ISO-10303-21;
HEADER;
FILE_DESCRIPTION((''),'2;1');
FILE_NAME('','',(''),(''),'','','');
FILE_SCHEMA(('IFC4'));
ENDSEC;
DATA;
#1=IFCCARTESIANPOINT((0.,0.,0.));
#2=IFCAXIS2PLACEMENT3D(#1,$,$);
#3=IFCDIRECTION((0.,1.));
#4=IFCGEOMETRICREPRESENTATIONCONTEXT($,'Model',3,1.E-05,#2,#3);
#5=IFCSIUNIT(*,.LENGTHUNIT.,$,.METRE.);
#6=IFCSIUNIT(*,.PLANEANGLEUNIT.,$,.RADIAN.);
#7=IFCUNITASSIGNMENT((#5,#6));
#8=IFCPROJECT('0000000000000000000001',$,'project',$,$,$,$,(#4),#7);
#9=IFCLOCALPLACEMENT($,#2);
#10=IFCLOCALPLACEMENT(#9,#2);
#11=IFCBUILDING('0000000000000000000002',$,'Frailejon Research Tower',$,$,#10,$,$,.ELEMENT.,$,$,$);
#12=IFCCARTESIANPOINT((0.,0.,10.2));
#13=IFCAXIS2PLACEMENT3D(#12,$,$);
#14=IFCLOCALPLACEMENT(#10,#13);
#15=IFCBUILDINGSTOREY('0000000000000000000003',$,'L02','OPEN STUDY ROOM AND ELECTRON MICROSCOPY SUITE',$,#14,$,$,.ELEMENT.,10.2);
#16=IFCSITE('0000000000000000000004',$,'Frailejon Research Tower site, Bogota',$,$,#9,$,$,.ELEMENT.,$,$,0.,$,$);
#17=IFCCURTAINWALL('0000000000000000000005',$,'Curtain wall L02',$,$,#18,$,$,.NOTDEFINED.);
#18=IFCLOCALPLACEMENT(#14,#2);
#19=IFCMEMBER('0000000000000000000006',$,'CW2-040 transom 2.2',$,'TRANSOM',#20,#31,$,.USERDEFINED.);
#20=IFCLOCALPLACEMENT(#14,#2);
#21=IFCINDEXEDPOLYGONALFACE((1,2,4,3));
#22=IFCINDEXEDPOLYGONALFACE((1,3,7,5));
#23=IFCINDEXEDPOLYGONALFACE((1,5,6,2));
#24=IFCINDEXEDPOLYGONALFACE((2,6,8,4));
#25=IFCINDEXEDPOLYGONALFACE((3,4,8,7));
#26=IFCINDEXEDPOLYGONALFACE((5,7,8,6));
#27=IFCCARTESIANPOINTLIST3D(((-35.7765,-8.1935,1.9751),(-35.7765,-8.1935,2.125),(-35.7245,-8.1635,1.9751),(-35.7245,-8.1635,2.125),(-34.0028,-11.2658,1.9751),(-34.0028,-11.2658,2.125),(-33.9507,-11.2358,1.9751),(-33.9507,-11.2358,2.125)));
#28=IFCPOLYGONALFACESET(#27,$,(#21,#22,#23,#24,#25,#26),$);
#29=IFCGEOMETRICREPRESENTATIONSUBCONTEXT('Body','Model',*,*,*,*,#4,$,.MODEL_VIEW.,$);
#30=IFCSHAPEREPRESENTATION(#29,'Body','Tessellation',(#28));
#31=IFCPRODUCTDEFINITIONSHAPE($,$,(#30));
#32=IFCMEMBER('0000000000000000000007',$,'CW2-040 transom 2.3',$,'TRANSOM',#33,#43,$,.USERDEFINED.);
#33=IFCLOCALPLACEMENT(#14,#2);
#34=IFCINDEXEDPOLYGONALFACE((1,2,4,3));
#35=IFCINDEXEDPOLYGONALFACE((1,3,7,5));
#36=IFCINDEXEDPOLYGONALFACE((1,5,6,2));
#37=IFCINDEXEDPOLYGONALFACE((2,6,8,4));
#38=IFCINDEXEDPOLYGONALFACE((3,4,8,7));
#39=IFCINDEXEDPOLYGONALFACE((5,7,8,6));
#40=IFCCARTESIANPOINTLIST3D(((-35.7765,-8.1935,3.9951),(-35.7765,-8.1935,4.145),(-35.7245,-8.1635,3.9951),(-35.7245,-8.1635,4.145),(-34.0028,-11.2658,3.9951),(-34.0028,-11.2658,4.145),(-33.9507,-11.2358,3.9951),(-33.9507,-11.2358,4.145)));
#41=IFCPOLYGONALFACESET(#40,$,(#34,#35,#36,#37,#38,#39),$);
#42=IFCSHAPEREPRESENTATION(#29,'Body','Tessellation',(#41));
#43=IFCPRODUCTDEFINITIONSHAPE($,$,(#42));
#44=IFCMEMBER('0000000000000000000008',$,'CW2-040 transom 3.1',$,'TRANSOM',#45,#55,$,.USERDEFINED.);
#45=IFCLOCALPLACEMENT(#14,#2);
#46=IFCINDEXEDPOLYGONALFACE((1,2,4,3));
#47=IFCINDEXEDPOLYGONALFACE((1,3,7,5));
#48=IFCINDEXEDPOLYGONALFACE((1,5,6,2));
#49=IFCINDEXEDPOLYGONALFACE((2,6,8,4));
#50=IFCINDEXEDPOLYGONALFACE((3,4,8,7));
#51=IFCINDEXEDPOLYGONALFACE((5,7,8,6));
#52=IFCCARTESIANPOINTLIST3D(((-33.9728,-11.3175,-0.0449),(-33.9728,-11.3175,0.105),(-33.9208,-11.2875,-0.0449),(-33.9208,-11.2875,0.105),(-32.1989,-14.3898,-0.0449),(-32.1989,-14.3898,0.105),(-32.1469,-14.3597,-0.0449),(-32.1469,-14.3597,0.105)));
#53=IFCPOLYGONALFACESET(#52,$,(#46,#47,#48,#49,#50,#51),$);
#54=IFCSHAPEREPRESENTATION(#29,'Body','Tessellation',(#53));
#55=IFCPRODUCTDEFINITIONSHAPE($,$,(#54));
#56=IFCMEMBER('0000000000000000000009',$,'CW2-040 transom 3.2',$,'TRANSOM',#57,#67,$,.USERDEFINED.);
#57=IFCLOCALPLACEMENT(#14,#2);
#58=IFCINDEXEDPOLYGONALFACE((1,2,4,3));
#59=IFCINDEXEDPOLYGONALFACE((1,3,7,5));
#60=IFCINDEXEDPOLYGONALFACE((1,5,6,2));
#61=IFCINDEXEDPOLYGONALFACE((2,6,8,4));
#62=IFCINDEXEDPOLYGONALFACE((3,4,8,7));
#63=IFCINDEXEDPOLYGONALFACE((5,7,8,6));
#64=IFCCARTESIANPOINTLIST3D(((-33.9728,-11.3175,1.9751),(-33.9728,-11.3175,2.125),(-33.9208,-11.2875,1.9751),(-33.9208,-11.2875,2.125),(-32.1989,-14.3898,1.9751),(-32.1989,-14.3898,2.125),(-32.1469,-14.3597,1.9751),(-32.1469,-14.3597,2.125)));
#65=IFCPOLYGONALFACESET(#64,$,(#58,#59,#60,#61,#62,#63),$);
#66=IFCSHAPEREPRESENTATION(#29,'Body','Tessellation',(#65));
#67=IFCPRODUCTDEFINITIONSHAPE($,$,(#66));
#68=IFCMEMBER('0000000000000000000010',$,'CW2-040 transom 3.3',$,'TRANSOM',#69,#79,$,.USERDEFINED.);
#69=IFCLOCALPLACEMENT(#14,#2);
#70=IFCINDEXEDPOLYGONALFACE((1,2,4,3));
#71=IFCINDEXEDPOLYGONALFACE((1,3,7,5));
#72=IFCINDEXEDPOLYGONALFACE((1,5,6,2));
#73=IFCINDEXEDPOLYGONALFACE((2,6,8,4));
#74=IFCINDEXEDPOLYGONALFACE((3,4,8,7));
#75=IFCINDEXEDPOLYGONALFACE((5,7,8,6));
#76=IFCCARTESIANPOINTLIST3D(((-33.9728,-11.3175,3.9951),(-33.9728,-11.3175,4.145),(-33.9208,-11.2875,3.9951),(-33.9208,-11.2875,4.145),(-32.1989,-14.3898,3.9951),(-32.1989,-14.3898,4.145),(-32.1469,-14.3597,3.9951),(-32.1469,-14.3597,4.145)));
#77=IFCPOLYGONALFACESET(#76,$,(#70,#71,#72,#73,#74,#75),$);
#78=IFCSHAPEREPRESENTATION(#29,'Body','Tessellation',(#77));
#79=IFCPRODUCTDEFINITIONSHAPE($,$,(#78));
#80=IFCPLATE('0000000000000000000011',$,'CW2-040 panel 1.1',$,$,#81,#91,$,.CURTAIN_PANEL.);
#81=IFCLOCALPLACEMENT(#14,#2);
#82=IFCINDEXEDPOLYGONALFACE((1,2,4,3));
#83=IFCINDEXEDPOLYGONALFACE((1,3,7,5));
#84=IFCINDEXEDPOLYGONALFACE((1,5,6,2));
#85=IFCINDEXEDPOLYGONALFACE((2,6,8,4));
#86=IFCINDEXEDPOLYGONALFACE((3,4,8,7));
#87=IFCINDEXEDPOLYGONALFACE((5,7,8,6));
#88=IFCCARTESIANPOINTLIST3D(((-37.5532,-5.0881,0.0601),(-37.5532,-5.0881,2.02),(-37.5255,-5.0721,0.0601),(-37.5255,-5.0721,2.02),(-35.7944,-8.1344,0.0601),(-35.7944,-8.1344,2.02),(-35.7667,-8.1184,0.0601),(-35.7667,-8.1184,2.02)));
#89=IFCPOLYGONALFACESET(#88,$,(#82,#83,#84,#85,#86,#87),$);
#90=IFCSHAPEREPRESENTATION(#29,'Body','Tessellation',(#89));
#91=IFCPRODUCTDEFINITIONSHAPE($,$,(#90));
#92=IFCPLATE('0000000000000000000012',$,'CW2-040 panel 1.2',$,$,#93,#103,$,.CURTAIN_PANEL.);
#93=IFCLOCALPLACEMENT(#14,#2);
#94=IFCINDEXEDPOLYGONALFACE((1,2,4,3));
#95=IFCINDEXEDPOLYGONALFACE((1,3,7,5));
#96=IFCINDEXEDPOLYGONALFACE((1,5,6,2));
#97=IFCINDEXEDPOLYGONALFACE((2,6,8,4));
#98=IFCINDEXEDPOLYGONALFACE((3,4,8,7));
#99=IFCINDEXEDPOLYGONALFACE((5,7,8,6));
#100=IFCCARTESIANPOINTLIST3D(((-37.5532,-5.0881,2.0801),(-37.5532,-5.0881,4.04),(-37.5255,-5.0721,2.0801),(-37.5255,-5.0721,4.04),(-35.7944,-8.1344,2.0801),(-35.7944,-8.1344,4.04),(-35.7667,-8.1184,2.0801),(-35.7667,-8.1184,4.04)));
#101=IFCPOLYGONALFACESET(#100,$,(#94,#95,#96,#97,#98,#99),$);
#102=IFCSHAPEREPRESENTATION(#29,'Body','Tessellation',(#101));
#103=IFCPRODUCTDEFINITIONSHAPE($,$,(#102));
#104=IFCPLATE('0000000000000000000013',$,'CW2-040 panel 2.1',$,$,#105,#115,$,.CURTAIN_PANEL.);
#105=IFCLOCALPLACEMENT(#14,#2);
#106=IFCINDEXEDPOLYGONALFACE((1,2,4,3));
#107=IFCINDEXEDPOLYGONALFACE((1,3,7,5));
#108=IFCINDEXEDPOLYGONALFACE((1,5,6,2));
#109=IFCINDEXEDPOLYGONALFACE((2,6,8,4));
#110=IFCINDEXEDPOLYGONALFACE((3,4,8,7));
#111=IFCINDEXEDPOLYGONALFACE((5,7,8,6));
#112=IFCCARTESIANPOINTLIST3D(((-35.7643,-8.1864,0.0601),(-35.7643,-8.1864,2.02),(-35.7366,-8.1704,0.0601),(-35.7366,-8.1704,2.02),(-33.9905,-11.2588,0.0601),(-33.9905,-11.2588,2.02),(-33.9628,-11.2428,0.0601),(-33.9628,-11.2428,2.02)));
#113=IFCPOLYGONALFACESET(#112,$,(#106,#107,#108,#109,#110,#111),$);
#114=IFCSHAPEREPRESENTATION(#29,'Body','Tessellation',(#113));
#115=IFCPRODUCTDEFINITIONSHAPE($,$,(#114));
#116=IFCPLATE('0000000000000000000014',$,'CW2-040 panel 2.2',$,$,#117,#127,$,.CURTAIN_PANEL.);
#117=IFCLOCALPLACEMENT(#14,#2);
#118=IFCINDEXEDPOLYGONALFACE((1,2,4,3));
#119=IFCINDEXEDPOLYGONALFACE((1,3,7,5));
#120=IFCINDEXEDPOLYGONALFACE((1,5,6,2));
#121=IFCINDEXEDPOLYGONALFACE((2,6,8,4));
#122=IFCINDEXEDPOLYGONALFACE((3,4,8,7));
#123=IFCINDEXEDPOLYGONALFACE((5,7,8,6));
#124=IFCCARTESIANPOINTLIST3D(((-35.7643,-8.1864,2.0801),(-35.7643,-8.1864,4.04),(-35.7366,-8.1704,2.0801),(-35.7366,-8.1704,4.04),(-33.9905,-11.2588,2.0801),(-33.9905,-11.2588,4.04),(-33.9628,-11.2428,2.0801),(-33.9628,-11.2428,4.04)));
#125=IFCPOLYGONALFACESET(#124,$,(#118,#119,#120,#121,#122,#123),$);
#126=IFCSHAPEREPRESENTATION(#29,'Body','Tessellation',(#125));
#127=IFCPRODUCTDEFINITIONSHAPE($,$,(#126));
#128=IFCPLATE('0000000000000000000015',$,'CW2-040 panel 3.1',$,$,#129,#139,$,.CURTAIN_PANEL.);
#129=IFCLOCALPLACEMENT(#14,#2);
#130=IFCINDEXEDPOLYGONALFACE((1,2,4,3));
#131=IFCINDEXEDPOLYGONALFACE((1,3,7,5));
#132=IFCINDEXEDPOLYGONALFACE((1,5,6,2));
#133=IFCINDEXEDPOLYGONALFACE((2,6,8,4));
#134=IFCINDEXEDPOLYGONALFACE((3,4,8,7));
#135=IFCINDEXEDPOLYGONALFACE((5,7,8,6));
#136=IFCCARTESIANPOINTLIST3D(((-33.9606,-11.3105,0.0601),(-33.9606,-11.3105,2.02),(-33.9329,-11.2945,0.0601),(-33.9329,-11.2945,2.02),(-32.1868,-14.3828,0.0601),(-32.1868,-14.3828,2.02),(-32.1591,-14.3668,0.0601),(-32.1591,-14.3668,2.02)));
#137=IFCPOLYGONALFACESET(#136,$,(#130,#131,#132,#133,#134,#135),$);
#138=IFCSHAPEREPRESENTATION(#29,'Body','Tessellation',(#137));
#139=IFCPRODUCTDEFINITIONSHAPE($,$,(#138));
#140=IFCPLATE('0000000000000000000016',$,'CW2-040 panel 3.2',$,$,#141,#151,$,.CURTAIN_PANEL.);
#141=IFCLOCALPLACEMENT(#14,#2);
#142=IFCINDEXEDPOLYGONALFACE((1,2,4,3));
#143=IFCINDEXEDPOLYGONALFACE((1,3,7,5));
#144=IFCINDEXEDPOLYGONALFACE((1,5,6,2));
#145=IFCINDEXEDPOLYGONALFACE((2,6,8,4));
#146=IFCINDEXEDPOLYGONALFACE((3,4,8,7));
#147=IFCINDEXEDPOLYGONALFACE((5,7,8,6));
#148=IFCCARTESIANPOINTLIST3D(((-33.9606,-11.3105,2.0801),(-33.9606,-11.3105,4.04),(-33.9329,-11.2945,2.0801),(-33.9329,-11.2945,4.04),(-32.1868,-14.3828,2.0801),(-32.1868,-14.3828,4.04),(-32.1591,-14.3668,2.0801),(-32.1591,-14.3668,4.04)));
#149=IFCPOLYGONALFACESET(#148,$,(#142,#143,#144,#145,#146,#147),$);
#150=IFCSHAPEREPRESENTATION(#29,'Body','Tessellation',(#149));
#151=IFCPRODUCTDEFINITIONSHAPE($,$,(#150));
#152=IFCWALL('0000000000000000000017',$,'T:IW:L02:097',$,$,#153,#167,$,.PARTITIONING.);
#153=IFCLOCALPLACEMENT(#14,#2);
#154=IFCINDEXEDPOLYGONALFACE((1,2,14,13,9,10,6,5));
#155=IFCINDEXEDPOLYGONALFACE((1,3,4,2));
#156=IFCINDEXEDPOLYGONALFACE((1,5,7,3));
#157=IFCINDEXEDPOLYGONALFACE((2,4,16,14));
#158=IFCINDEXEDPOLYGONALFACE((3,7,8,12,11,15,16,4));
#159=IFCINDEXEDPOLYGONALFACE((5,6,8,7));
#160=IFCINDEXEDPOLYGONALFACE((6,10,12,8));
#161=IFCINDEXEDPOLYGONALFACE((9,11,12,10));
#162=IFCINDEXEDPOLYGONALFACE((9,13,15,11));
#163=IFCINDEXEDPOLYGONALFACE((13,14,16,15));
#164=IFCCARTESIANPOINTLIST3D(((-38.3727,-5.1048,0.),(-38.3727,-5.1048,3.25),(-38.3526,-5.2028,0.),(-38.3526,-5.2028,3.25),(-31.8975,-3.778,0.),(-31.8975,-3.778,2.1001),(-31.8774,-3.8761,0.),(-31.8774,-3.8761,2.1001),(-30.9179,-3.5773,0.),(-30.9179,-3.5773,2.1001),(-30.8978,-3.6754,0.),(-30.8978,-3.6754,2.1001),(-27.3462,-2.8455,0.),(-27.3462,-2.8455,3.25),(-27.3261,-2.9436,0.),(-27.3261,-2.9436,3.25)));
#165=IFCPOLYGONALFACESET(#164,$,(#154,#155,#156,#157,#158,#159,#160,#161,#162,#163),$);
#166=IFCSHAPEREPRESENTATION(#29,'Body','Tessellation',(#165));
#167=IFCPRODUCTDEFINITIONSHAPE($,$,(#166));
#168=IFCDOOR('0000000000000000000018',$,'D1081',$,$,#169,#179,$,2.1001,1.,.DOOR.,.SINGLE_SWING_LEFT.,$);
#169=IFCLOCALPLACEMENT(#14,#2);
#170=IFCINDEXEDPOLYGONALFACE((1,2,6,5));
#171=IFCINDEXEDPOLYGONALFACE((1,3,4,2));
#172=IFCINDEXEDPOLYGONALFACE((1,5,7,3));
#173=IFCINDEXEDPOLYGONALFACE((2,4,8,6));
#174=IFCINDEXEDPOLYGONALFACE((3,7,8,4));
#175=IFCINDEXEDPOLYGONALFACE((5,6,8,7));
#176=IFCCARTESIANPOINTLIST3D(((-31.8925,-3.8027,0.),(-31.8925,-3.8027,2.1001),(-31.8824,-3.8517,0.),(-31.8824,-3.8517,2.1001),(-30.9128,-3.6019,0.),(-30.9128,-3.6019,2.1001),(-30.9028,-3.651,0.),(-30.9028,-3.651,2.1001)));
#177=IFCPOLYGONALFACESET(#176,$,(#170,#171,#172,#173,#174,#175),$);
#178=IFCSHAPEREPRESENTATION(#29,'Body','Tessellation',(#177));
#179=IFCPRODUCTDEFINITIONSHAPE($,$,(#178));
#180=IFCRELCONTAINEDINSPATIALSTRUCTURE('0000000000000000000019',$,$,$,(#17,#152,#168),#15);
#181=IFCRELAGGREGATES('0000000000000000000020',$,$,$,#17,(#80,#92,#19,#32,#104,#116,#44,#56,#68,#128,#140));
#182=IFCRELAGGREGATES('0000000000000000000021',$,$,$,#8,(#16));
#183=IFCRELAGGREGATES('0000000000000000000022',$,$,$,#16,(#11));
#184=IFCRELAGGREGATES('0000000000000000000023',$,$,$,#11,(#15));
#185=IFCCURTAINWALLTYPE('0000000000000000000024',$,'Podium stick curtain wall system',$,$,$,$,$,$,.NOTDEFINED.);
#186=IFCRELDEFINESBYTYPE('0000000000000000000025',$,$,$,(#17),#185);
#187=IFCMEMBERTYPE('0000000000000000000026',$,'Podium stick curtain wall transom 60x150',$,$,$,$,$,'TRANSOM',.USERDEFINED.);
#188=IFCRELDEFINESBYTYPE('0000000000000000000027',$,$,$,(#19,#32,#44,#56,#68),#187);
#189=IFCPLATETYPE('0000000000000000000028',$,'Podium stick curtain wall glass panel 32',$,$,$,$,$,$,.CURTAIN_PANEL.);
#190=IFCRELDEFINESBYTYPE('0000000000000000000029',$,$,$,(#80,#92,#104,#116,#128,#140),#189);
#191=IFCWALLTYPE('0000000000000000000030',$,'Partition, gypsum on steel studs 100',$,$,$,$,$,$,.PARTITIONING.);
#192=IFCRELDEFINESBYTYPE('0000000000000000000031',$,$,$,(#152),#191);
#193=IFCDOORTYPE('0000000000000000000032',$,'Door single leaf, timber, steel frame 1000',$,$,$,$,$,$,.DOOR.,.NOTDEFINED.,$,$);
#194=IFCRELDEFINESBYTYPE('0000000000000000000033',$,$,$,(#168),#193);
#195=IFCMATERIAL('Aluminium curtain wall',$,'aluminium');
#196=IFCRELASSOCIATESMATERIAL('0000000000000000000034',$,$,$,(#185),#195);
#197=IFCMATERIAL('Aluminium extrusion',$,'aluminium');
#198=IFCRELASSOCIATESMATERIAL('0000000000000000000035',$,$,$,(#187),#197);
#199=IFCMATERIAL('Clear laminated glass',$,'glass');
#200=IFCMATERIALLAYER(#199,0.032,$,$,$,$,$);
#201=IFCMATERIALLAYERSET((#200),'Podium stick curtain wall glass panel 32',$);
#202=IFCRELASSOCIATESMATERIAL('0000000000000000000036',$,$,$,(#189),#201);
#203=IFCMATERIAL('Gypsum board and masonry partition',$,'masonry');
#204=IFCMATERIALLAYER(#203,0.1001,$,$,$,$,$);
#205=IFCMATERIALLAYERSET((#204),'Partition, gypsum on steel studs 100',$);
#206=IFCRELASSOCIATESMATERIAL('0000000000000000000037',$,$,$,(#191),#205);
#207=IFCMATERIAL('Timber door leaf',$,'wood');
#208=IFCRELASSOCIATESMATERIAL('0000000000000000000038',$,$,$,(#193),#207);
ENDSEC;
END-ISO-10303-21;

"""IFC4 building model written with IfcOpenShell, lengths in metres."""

from ifc_helpers import new_model, si_unit, direction, frame, frame_2d, origin, origin_2d, place, context, subcontext, project, spatial, rectangle, extrude, material, layer, layer_set, material_profile, profile_set, type_object, element, fill, aggregate, save


model = new_model("IFC4")

# Units and contexts
model_context = context("Model", 3, precision=1e-05, world=origin(), true_north=direction((0.0, 1.0)))
body_context = subcontext(model_context, "Body", "Model", "MODEL_VIEW")
ifc_project = project(units=[si_unit("LENGTHUNIT", "METRE"), si_unit("PLANEANGLEUNIT", "RADIAN")], contexts=[model_context])

# Site, building, storey
site_placement = place(None, origin())
site = spatial("IfcSite", under=ifc_project, at=site_placement, Name="Frailejon Research Tower site, Bogota", CompositionType="ELEMENT", RefElevation=0.0)
building_placement = place(site_placement, origin())
building = spatial("IfcBuilding", under=site, at=building_placement, Name="Frailejon Research Tower", CompositionType="ELEMENT")
storey_placement = place(building_placement, frame((0.0, 0.0, 10.2)))
storey = spatial("IfcBuildingStorey", under=building, at=storey_placement, Name="L02", Description="OPEN STUDY ROOM AND ELECTRON MICROSCOPY SUITE", CompositionType="ELEMENT", Elevation=10.2)

# Shared definitions
ifc_material_1 = material(Name="Aluminium curtain wall", Category="aluminium")
curtain_wall_type = type_object("IfcCurtainWallType", Name="Podium stick curtain wall system", PredefinedType="NOTDEFINED", material=ifc_material_1)

# Curtain wall, members, plates
curtain_wall_1_placement = place(storey_placement, origin())
curtain_wall_1 = element("IfcCurtainWall", 1, at=curtain_wall_1_placement, inside=storey, type_object=curtain_wall_type, Name="Curtain wall L02", PredefinedType="NOTDEFINED")
ifc_material_2 = material(Name="Aluminium extrusion", Category="aluminium")
ifc_material_profile_1 = material_profile(ifc_material_2, rectangle(XDim=0.0601, YDim=0.1499, at=origin_2d()), Name="Podium stick curtain wall transom 60x150")
ifc_profile_set_1 = profile_set([ifc_material_profile_1], Name="Aluminium extrusion")
member_type_1 = type_object("IfcMemberType", Name="Podium stick curtain wall transom 60x150", ElementType="TRANSOM", PredefinedType="USERDEFINED", material=ifc_profile_set_1)
member_1_placement = place(storey_placement, frame((-35.7505, -8.1785, 2.05), z_axis=(0.499981, -0.866037, 0.0), x_axis=(0.866037, 0.499981, 0.0)))
member_1 = element("IfcMember", 2, at=member_1_placement, type_object=member_type_1, Name="CW2-040 transom 2.2", ObjectType="TRANSOM", PredefinedType="USERDEFINED", context=body_context, shape_type="SweptSolid", body=[
    extrude(rectangle(XDim=0.0601, YDim=0.1499, at=origin_2d()), origin(), (0.0, 0.0, 1.0), 3.5476),
])
member_2_placement = place(storey_placement, frame((-35.7505, -8.1785, 4.0701), z_axis=(0.499981, -0.866037, 0.0), x_axis=(0.866037, 0.499981, 0.0)))
member_2 = element("IfcMember", 3, at=member_2_placement, type_object=member_type_1, Name="CW2-040 transom 2.3", ObjectType="TRANSOM", PredefinedType="USERDEFINED", context=body_context, shape_type="SweptSolid", body=[
    extrude(rectangle(XDim=0.0601, YDim=0.1499, at=origin_2d()), origin(), (0.0, 0.0, 1.0), 3.5476),
])
member_3_placement = place(storey_placement, frame((-33.9468, -11.3025, 0.03), z_axis=(0.500032, -0.866007, 0.0), x_axis=(0.866007, 0.500032, 0.0)))
member_3 = element("IfcMember", 4, at=member_3_placement, type_object=member_type_1, Name="CW2-040 transom 3.1", ObjectType="TRANSOM", PredefinedType="USERDEFINED", context=body_context, shape_type="SweptSolid", body=[
    extrude(rectangle(XDim=0.0601, YDim=0.1499, at=origin_2d()), origin(), (0.0, 0.0, 1.0), 3.5476),
])
member_4_placement = place(storey_placement, frame((-33.9468, -11.3025, 2.05), z_axis=(0.500032, -0.866007, 0.0), x_axis=(0.866007, 0.500032, 0.0)))
member_4 = element("IfcMember", 5, at=member_4_placement, type_object=member_type_1, Name="CW2-040 transom 3.2", ObjectType="TRANSOM", PredefinedType="USERDEFINED", context=body_context, shape_type="SweptSolid", body=[
    extrude(rectangle(XDim=0.0601, YDim=0.1499, at=origin_2d()), origin(), (0.0, 0.0, 1.0), 3.5476),
])
member_5_placement = place(storey_placement, frame((-33.9468, -11.3025, 4.0701), z_axis=(0.500032, -0.866007, 0.0), x_axis=(0.866007, 0.500032, 0.0)))
member_5 = element("IfcMember", 6, at=member_5_placement, type_object=member_type_1, Name="CW2-040 transom 3.3", ObjectType="TRANSOM", PredefinedType="USERDEFINED", context=body_context, shape_type="SweptSolid", body=[
    extrude(rectangle(XDim=0.0601, YDim=0.1499, at=origin_2d()), origin(), (0.0, 0.0, 1.0), 3.5476),
])
ifc_material_3 = material(Name="Clear laminated glass", Category="glass")
ifc_layer_1 = layer(ifc_material_3, 0.032)
ifc_layer_set_1 = layer_set([ifc_layer_1], Name="Podium stick curtain wall glass panel 32")
plate_type = type_object("IfcPlateType", Name="Podium stick curtain wall glass panel 32", PredefinedType="CURTAIN_PANEL", material=ifc_layer_set_1)
plate_1_placement = place(storey_placement, frame((-36.6599, -6.6033, 0.0601), z_axis=(0.0, 0.0, 1.0), x_axis=(0.499998, -0.866026, 0.0)))
plate_1 = element("IfcPlate", 7, at=plate_1_placement, type_object=plate_type, Name="CW2-040 panel 1.1", PredefinedType="CURTAIN_PANEL", context=body_context, shape_type="SweptSolid", body=[
    extrude(rectangle(XDim=3.5176, YDim=0.032, at=origin_2d()), origin(), (0.0, 0.0, 1.0), 1.96),
])
plate_2_placement = place(storey_placement, frame((-36.6599, -6.6033, 2.0801), z_axis=(0.0, 0.0, 1.0), x_axis=(0.499998, -0.866026, 0.0)))
plate_2 = element("IfcPlate", 8, at=plate_2_placement, type_object=plate_type, Name="CW2-040 panel 1.2", PredefinedType="CURTAIN_PANEL", context=body_context, shape_type="SweptSolid", body=[
    extrude(rectangle(XDim=3.5176, YDim=0.032, at=origin_2d()), origin(), (0.0, 0.0, 1.0), 1.96),
])
plate_3_placement = place(storey_placement, frame((-34.8635, -9.7146, 0.0601), z_axis=(0.0, 0.0, 1.0), x_axis=(0.499998, -0.866026, 0.0)))
plate_3 = element("IfcPlate", 9, at=plate_3_placement, type_object=plate_type, Name="CW2-040 panel 2.1", PredefinedType="CURTAIN_PANEL", context=body_context, shape_type="SweptSolid", body=[
    extrude(rectangle(XDim=3.5476, YDim=0.032, at=origin_2d()), origin(), (0.0, 0.0, 1.0), 1.96),
])
plate_4_placement = place(storey_placement, frame((-34.8635, -9.7146, 2.0801), z_axis=(0.0, 0.0, 1.0), x_axis=(0.499998, -0.866026, 0.0)))
plate_4 = element("IfcPlate", 10, at=plate_4_placement, type_object=plate_type, Name="CW2-040 panel 2.2", PredefinedType="CURTAIN_PANEL", context=body_context, shape_type="SweptSolid", body=[
    extrude(rectangle(XDim=3.5476, YDim=0.032, at=origin_2d()), origin(), (0.0, 0.0, 1.0), 1.96),
])
plate_5_placement = place(storey_placement, frame((-33.0598, -12.8386, 0.0601), z_axis=(0.0, 0.0, 1.0), x_axis=(0.499998, -0.866026, 0.0)))
plate_5 = element("IfcPlate", 11, at=plate_5_placement, type_object=plate_type, Name="CW2-040 panel 3.1", PredefinedType="CURTAIN_PANEL", context=body_context, shape_type="SweptSolid", body=[
    extrude(rectangle(XDim=3.5476, YDim=0.032, at=origin_2d()), origin(), (0.0, 0.0, 1.0), 1.96),
])
plate_6_placement = place(storey_placement, frame((-33.0598, -12.8386, 2.0801), z_axis=(0.0, 0.0, 1.0), x_axis=(0.499998, -0.866026, 0.0)))
plate_6 = element("IfcPlate", 12, at=plate_6_placement, type_object=plate_type, Name="CW2-040 panel 3.2", PredefinedType="CURTAIN_PANEL", context=body_context, shape_type="SweptSolid", body=[
    extrude(rectangle(XDim=3.5476, YDim=0.032, at=origin_2d()), origin(), (0.0, 0.0, 1.0), 1.96),
])
aggregate(curtain_wall_1, [plate_1, plate_2, member_1, member_2, plate_3, plate_4, member_3, member_4, member_5, plate_5, plate_6])

# Wall, opening, door
ifc_material_4 = material(Name="Gypsum board and masonry partition", Category="masonry")
ifc_layer_2 = layer(ifc_material_4, 0.1001)
ifc_layer_set_2 = layer_set([ifc_layer_2], Name="Partition, gypsum on steel studs 100")
wall_type_1 = type_object("IfcWallType", Name="Partition, gypsum on steel studs 100", PredefinedType="PARTITIONING", material=ifc_layer_set_2)
wall_1_placement = place(storey_placement, frame((-38.3628, -5.1538, 0.0), z_axis=(0.0, 0.0, 1.0), x_axis=(0.979648, 0.200723, 0.0)))
wall_1 = element("IfcWall", 13, at=wall_1_placement, inside=storey, type_object=wall_type_1, Name="T:IW:L02:097", PredefinedType="PARTITIONING", context=body_context, shape_type="SweptSolid", body=[
    extrude(rectangle(XDim=11.2556, YDim=0.1001, at=frame_2d((5.6279, 0.0))), origin(), (0.0, 0.0, 1.0), 3.25),
])
opening_placement = place(wall_1_placement, frame((6.6099, 0.0, 0.0)))
opening = element("IfcOpeningElement", 14, at=opening_placement, cuts=wall_1, PredefinedType="OPENING", context=body_context, shape_type="SweptSolid", body=[
    extrude(rectangle(XDim=1.0, YDim=2.1001, at=frame_2d((0.5, 1.05))), frame((0.0, 0.0601, 0.0), z_axis=(0.0, -1.0, 0.0), x_axis=(1.0, 0.0, 0.0)), (0.0, 0.0, 1.0), 0.1201),
])
ifc_material_5 = material(Name="Timber door leaf", Category="wood")
door_type = type_object("IfcDoorType", Name="Door single leaf, timber, steel frame 1000", OperationType="NOTDEFINED", PredefinedType="DOOR", material=ifc_material_5)
door_placement = place(opening_placement, origin())
door = element("IfcDoor", 15, at=door_placement, inside=storey, type_object=door_type, Name="D1081", OperationType="SINGLE_SWING_LEFT", OverallHeight=2.1001, OverallWidth=1.0, PredefinedType="DOOR", context=body_context, shape_type="SweptSolid", body=[
    extrude(rectangle(XDim=1.0, YDim=2.1001, at=frame_2d((0.5, 1.05))), frame((0.0, 0.0249, 0.0), z_axis=(0.0, -1.0, 0.0), x_axis=(1.0, 0.0, 0.0)), (0.0, 0.0, 1.0), 0.05),
])
fill(opening, door)

save(model, "model.ifc")
